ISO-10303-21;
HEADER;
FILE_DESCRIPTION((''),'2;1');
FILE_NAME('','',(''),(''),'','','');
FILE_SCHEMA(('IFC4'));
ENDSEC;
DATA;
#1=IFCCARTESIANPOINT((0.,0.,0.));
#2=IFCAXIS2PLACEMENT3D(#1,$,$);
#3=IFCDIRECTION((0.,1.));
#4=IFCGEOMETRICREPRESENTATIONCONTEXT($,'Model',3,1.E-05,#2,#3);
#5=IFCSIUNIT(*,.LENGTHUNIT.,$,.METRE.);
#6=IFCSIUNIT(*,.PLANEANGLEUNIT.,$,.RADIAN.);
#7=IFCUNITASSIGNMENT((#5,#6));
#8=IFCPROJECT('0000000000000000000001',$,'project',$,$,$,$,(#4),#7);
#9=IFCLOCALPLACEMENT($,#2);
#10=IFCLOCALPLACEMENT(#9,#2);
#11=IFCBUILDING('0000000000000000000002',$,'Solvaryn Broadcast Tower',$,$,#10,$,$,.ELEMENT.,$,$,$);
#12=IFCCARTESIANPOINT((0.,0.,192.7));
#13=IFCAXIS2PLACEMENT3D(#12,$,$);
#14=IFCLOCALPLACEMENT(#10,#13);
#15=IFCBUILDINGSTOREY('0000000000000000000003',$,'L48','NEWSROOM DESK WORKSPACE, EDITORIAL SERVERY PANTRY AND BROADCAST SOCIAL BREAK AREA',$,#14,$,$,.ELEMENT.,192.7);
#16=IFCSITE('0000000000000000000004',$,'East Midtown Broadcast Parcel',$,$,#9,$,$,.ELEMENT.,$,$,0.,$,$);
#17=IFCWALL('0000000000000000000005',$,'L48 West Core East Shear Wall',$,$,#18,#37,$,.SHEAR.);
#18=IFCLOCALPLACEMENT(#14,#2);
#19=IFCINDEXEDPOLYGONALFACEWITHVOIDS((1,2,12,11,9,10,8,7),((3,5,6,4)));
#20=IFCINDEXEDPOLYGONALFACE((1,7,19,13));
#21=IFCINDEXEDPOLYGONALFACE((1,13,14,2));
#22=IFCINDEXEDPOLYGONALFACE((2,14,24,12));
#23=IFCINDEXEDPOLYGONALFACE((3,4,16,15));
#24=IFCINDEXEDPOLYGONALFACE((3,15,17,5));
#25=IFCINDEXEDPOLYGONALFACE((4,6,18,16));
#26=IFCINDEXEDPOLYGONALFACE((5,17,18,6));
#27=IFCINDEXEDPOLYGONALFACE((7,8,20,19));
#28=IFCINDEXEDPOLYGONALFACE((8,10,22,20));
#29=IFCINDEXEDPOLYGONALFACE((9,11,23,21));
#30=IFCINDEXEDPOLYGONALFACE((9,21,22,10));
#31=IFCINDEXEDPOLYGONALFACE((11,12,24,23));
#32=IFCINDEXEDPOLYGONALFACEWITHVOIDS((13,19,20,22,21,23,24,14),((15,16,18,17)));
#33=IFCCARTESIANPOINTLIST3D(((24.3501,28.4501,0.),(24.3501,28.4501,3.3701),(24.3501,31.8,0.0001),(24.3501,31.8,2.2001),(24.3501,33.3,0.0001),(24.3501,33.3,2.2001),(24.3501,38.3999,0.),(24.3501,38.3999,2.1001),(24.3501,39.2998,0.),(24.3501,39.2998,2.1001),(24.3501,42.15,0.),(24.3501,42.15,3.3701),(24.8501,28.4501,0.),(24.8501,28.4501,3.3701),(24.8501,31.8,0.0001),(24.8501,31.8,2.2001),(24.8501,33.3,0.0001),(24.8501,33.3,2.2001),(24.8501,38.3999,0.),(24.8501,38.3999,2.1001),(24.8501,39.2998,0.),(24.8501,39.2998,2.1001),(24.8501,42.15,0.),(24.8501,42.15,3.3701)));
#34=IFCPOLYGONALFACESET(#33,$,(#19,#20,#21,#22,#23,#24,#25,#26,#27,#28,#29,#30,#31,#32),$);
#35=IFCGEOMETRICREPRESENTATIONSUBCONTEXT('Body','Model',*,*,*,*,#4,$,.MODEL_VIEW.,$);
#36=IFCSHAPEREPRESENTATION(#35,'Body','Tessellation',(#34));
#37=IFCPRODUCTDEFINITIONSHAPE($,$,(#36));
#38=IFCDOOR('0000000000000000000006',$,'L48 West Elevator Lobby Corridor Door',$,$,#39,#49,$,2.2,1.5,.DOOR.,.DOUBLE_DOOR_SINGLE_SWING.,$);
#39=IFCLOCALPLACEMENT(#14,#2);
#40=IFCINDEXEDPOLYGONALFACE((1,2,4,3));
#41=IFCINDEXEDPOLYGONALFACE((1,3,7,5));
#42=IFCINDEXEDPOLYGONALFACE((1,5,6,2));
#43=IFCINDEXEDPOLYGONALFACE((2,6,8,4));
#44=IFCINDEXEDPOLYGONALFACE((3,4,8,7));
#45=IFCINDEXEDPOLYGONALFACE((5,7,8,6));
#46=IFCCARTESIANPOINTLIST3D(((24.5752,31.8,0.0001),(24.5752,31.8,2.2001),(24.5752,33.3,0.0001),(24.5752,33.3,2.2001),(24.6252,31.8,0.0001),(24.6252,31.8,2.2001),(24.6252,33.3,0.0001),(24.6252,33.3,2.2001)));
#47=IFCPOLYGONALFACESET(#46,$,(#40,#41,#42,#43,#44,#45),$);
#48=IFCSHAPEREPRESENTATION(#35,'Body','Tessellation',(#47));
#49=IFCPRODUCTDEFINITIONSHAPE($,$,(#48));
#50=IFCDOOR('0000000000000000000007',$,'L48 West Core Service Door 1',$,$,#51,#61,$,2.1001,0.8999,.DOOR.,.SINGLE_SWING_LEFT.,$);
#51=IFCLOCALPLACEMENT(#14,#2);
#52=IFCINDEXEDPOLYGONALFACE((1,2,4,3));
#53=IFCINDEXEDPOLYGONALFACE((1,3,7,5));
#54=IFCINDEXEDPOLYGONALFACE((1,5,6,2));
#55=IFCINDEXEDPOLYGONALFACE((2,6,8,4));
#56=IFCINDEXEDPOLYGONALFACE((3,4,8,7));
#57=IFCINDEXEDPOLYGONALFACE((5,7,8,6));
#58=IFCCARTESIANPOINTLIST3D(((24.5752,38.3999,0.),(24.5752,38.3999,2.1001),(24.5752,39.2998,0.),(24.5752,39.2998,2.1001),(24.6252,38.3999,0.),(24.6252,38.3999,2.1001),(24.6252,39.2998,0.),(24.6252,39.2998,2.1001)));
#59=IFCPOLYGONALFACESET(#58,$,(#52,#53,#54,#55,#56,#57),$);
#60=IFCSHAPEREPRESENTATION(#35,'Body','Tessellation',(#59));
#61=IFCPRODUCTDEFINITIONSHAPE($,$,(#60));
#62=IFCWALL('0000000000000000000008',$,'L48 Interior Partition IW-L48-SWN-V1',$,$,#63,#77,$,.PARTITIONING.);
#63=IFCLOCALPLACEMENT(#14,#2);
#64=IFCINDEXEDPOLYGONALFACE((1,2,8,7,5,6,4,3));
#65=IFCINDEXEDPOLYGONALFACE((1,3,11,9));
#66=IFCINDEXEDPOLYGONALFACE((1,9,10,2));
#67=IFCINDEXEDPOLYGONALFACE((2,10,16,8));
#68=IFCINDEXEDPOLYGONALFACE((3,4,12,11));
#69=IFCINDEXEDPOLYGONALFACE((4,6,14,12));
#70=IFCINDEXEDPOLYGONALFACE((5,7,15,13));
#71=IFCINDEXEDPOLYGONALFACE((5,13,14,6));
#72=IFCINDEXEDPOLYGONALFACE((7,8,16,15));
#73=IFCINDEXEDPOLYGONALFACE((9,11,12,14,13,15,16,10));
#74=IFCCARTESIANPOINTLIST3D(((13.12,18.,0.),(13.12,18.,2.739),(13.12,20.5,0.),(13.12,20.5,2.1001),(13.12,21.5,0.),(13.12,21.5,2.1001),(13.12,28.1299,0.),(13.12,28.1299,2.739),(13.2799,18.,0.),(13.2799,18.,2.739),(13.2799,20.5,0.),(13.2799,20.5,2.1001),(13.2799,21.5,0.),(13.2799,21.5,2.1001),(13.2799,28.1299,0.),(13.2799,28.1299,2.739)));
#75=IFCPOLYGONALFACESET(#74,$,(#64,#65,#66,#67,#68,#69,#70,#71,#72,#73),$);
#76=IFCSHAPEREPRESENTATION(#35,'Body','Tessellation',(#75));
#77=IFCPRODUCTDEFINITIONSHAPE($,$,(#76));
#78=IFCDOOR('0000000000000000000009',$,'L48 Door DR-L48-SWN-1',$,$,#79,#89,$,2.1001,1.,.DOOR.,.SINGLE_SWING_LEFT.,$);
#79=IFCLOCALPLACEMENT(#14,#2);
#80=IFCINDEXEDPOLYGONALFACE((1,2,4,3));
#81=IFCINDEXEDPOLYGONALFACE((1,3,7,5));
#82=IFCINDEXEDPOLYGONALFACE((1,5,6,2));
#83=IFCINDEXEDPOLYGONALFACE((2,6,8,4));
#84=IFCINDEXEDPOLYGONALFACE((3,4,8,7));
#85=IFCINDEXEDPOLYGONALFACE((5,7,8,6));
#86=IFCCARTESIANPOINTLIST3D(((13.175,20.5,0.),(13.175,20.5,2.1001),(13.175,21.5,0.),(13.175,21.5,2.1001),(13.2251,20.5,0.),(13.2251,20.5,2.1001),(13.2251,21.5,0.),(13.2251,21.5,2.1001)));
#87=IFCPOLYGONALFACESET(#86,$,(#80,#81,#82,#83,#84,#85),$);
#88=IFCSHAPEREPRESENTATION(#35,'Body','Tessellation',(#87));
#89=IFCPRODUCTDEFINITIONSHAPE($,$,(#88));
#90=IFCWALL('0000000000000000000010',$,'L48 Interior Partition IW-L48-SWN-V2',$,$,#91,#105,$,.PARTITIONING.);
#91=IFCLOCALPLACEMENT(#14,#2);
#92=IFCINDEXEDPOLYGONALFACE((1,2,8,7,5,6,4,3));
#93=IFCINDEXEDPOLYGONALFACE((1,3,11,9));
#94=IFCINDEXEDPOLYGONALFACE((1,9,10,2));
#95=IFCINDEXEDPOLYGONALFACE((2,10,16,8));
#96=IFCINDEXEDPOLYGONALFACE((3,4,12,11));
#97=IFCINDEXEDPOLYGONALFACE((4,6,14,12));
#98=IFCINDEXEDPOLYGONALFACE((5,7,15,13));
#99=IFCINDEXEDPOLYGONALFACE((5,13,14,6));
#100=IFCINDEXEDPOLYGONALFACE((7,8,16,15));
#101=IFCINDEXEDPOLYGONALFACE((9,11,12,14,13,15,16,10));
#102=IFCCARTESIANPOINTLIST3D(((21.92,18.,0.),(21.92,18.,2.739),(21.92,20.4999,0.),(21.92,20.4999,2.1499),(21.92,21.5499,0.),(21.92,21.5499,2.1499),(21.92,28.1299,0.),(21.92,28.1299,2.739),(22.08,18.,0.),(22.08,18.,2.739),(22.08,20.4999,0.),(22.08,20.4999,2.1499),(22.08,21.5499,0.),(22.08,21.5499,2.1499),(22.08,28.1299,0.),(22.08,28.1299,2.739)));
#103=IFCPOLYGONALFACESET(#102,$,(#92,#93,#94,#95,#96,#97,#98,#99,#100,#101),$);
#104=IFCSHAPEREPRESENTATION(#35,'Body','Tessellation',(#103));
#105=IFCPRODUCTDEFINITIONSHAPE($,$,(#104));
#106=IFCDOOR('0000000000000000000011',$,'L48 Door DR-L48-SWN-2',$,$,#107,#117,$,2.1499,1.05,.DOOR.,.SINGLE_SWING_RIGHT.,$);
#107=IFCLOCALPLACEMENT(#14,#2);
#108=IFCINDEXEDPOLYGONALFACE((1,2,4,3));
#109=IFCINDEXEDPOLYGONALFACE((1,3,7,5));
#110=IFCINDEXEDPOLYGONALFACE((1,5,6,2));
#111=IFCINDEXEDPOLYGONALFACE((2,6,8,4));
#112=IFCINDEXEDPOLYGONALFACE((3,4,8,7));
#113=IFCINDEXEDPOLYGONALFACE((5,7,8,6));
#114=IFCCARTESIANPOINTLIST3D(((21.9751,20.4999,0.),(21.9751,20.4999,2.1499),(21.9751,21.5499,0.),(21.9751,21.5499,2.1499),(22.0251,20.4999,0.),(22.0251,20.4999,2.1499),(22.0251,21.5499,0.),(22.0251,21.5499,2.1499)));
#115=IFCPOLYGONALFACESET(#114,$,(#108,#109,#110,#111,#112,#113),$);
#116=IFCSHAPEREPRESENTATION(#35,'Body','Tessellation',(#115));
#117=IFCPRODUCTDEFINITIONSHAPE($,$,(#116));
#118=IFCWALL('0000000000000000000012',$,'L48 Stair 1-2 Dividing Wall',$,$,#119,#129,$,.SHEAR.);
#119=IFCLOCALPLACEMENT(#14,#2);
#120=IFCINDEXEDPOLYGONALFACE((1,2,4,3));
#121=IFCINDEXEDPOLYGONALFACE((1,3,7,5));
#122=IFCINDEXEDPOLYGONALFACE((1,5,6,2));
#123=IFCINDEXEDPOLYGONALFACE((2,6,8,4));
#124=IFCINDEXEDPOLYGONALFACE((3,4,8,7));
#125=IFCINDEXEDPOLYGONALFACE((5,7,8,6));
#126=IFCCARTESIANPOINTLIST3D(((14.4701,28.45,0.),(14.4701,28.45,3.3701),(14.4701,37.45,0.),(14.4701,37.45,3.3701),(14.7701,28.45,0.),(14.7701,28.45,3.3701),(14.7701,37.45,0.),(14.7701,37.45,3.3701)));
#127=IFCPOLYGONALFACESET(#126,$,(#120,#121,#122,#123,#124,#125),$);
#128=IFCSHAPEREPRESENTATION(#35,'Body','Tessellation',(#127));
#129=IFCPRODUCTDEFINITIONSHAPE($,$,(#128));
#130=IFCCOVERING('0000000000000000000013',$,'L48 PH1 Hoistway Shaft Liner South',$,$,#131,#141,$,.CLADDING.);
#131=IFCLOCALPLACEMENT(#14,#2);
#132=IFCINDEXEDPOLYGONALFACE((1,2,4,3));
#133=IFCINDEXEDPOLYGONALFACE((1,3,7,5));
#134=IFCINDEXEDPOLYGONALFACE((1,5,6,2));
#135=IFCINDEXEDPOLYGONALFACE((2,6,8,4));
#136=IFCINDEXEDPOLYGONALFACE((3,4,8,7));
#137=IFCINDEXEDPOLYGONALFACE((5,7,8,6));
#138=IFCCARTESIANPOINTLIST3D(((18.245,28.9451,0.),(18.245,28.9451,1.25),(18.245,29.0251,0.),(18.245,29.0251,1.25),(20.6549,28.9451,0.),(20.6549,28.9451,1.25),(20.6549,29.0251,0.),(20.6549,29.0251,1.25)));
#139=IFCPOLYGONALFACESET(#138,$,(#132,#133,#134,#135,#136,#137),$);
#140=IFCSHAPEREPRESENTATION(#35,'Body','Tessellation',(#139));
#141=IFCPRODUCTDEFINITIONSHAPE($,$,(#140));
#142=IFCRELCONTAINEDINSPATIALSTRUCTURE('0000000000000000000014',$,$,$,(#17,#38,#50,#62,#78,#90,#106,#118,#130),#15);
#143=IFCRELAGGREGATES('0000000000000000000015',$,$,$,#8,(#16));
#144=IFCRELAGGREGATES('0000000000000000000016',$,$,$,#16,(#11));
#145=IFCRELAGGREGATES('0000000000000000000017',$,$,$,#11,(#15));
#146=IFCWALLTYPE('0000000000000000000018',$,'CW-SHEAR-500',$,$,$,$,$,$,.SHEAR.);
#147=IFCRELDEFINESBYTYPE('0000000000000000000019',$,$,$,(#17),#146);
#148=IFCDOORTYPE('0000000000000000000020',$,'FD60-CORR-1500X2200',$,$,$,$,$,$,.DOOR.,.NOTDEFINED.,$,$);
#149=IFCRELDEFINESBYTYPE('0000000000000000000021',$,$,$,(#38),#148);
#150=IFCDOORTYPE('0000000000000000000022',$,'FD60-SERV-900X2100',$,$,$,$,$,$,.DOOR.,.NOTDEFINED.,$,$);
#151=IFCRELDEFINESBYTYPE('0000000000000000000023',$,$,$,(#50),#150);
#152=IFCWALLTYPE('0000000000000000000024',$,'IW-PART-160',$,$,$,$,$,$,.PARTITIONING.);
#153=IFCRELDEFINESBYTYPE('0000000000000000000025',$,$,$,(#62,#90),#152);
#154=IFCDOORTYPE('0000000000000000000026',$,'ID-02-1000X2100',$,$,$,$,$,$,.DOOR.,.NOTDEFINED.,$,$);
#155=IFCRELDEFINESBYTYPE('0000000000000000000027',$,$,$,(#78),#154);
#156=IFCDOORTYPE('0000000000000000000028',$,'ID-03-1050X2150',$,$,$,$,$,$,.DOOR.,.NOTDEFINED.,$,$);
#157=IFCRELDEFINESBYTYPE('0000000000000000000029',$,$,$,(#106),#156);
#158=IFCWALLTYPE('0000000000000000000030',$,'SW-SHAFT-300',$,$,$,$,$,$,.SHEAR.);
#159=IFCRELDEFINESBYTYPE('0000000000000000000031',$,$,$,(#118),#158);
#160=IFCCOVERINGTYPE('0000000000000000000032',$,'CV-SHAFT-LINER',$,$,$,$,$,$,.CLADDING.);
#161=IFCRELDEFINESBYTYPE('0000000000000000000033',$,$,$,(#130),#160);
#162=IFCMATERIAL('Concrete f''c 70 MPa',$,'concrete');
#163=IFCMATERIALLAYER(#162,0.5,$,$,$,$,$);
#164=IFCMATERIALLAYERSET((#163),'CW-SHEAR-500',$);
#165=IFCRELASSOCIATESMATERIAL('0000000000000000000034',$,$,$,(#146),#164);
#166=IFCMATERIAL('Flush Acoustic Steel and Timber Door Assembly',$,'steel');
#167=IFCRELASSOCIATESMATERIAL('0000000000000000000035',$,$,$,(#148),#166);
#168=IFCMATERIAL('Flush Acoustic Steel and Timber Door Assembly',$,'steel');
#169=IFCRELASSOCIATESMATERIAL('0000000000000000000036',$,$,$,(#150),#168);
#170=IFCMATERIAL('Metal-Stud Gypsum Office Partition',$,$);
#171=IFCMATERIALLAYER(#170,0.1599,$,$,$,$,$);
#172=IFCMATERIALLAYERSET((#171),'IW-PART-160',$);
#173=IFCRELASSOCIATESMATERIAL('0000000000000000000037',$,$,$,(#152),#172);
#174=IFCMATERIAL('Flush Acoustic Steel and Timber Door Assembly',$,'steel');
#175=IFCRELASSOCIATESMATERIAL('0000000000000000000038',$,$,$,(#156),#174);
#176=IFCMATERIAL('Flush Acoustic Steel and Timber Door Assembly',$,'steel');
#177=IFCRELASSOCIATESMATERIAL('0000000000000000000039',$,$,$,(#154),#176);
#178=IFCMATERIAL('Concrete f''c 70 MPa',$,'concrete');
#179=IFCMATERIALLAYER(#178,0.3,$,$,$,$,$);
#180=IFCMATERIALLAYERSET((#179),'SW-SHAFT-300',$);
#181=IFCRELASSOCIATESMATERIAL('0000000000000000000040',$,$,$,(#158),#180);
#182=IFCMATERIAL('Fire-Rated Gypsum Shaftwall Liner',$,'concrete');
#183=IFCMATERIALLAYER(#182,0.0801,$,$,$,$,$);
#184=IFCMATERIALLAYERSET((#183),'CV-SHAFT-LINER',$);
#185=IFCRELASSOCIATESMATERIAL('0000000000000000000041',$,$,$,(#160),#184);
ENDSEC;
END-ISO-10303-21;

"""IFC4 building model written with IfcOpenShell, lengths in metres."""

from ifc_helpers import new_model, si_unit, direction, frame, frame_2d, origin, origin_2d, place, context, subcontext, project, spatial, rectangle, extrude, material, layer, layer_set, type_object, element, fill, save


model = new_model("IFC4")

# Units and contexts
model_context = context("Model", 3, precision=1e-05, world=origin(), true_north=direction((0.0, 1.0)))
body_context = subcontext(model_context, "Body", "Model", "MODEL_VIEW")
ifc_project = project(units=[si_unit("LENGTHUNIT", "METRE"), si_unit("PLANEANGLEUNIT", "RADIAN")], contexts=[model_context])

# Site, building, storey
site_placement = place(None, origin())
site = spatial("IfcSite", under=ifc_project, at=site_placement, Name="East Midtown Broadcast Parcel", CompositionType="ELEMENT", RefElevation=0.0)
building_placement = place(site_placement, origin())
building = spatial("IfcBuilding", under=site, at=building_placement, Name="Solvaryn Broadcast Tower", CompositionType="ELEMENT")
storey_placement = place(building_placement, frame((0.0, 0.0, 192.7)))
storey = spatial("IfcBuildingStorey", under=building, at=storey_placement, Name="L48", Description="NEWSROOM DESK WORKSPACE, EDITORIAL SERVERY PANTRY AND BROADCAST SOCIAL BREAK AREA", CompositionType="ELEMENT", Elevation=192.7)

# Shared definitions
ifc_material_1 = material(Name="Concrete f'c 70 MPa", Category="concrete")
ifc_layer_1 = layer(ifc_material_1, 0.5)
ifc_layer_set_1 = layer_set([ifc_layer_1], Name="CW-SHEAR-500")
wall_type_1 = type_object("IfcWallType", Name="CW-SHEAR-500", PredefinedType="SHEAR", material=ifc_layer_set_1)

# Wall, openings, doors
wall_1_placement = place(storey_placement, frame((24.6001, 28.45, 0.0), z_axis=(0.0, 0.0, 1.0), x_axis=(0.0, 1.0, 0.0)))
wall_1 = element("IfcWall", 1, at=wall_1_placement, inside=storey, type_object=wall_type_1, Name="L48 West Core East Shear Wall", PredefinedType="SHEAR", context=body_context, shape_type="SweptSolid", body=[
    extrude(rectangle(XDim=13.7, YDim=0.5, at=frame_2d((6.8501, 0.0))), origin(), (0.0, 0.0, 1.0), 3.3701),
])
opening_1_placement = place(wall_1_placement, frame((3.3501, 0.0, 0.0)))
opening_1 = element("IfcOpeningElement", 2, at=opening_1_placement, cuts=wall_1, PredefinedType="OPENING", context=body_context, shape_type="SweptSolid", body=[
    extrude(rectangle(XDim=1.5, YDim=2.2, at=frame_2d((0.75, 1.1001))), frame((0.0, 0.26, 0.0), z_axis=(0.0, -1.0, 0.0), x_axis=(1.0, 0.0, 0.0)), (0.0, 0.0, 1.0), 0.52),
])
opening_2_placement = place(wall_1_placement, frame((9.95, 0.0, 0.0)))
opening_2 = element("IfcOpeningElement", 3, at=opening_2_placement, cuts=wall_1, PredefinedType="OPENING", context=body_context, shape_type="SweptSolid", body=[
    extrude(rectangle(XDim=0.8999, YDim=2.1001, at=frame_2d((0.45, 1.05))), frame((0.0, 0.26, 0.0), z_axis=(0.0, -1.0, 0.0), x_axis=(1.0, 0.0, 0.0)), (0.0, 0.0, 1.0), 0.52),
])
ifc_material_2 = material(Name="Flush Acoustic Steel and Timber Door Assembly", Category="steel")
door_type_1 = type_object("IfcDoorType", Name="FD60-CORR-1500X2200", OperationType="NOTDEFINED", PredefinedType="DOOR", material=ifc_material_2)
door_1_placement = place(opening_1_placement, origin())
door_1 = element("IfcDoor", 4, at=door_1_placement, inside=storey, type_object=door_type_1, Name="L48 West Elevator Lobby Corridor Door", OperationType="DOUBLE_DOOR_SINGLE_SWING", OverallHeight=2.2, OverallWidth=1.5, PredefinedType="DOOR", context=body_context, shape_type="SweptSolid", body=[
    extrude(rectangle(XDim=1.5, YDim=2.2, at=frame_2d((0.75, 1.1001))), frame((0.0, 0.0249, 0.0), z_axis=(0.0, -1.0, 0.0), x_axis=(1.0, 0.0, 0.0)), (0.0, 0.0, 1.0), 0.05),
])
fill(opening_1, door_1)
ifc_material_3 = material(Name="Flush Acoustic Steel and Timber Door Assembly", Category="steel")
door_type_2 = type_object("IfcDoorType", Name="FD60-SERV-900X2100", OperationType="NOTDEFINED", PredefinedType="DOOR", material=ifc_material_3)
door_2_placement = place(opening_2_placement, origin())
door_2 = element("IfcDoor", 5, at=door_2_placement, inside=storey, type_object=door_type_2, Name="L48 West Core Service Door 1", OperationType="SINGLE_SWING_LEFT", OverallHeight=2.1001, OverallWidth=0.8999, PredefinedType="DOOR", context=body_context, shape_type="SweptSolid", body=[
    extrude(rectangle(XDim=0.8999, YDim=2.1001, at=frame_2d((0.45, 1.05))), frame((0.0, 0.0249, 0.0), z_axis=(0.0, -1.0, 0.0), x_axis=(1.0, 0.0, 0.0)), (0.0, 0.0, 1.0), 0.05),
])
fill(opening_2, door_2)

# Walls, openings, doors
ifc_material_4 = material(Name="Metal-Stud Gypsum Office Partition")
ifc_layer_2 = layer(ifc_material_4, 0.1599)
ifc_layer_set_2 = layer_set([ifc_layer_2], Name="IW-PART-160")
wall_type_2 = type_object("IfcWallType", Name="IW-PART-160", PredefinedType="PARTITIONING", material=ifc_layer_set_2)
ifc_material_5 = material(Name="Flush Acoustic Steel and Timber Door Assembly", Category="steel")
door_type_3 = type_object("IfcDoorType", Name="ID-03-1050X2150", OperationType="NOTDEFINED", PredefinedType="DOOR", material=ifc_material_5)
wall_2_placement = place(storey_placement, frame((13.2, 18.0, 0.0), z_axis=(0.0, 0.0, 1.0), x_axis=(0.0, 1.0, 0.0)))
wall_2 = element("IfcWall", 6, at=wall_2_placement, inside=storey, type_object=wall_type_2, Name="L48 Interior Partition IW-L48-SWN-V1", PredefinedType="PARTITIONING", context=body_context, shape_type="SweptSolid", body=[
    extrude(rectangle(XDim=10.1299, YDim=0.1599, at=frame_2d((5.0649, 0.0))), origin(), (0.0, 0.0, 1.0), 2.739),
])
opening_3_placement = place(wall_2_placement, frame((2.5, 0.0, 0.0)))
opening_3 = element("IfcOpeningElement", 7, at=opening_3_placement, cuts=wall_2, PredefinedType="OPENING", context=body_context, shape_type="SweptSolid", body=[
    extrude(rectangle(XDim=1.0, YDim=2.1001, at=frame_2d((0.5, 1.05))), frame((0.0, 0.0901, 0.0), z_axis=(0.0, -1.0, 0.0), x_axis=(1.0, 0.0, 0.0)), (0.0, 0.0, 1.0), 0.1799),
])
ifc_material_6 = material(Name="Flush Acoustic Steel and Timber Door Assembly", Category="steel")
door_type_4 = type_object("IfcDoorType", Name="ID-02-1000X2100", OperationType="NOTDEFINED", PredefinedType="DOOR", material=ifc_material_6)
door_3_placement = place(opening_3_placement, origin())
door_3 = element("IfcDoor", 8, at=door_3_placement, inside=storey, type_object=door_type_4, Name="L48 Door DR-L48-SWN-1", OperationType="SINGLE_SWING_LEFT", OverallHeight=2.1001, OverallWidth=1.0, PredefinedType="DOOR", context=body_context, shape_type="SweptSolid", body=[
    extrude(rectangle(XDim=1.0, YDim=2.1001, at=frame_2d((0.5, 1.05))), frame((0.0, 0.0249, 0.0), z_axis=(0.0, -1.0, 0.0), x_axis=(1.0, 0.0, 0.0)), (0.0, 0.0, 1.0), 0.05),
])
fill(opening_3, door_3)
wall_3_placement = place(storey_placement, frame((22.0, 18.0, 0.0), z_axis=(0.0, 0.0, 1.0), x_axis=(0.0, 1.0, 0.0)))
wall_3 = element("IfcWall", 9, at=wall_3_placement, inside=storey, type_object=wall_type_2, Name="L48 Interior Partition IW-L48-SWN-V2", PredefinedType="PARTITIONING", context=body_context, shape_type="SweptSolid", body=[
    extrude(rectangle(XDim=10.1299, YDim=0.1599, at=frame_2d((5.0649, 0.0))), origin(), (0.0, 0.0, 1.0), 2.739),
])
opening_4_placement = place(wall_3_placement, frame((2.5, 0.0, 0.0)))
opening_4 = element("IfcOpeningElement", 10, at=opening_4_placement, cuts=wall_3, PredefinedType="OPENING", context=body_context, shape_type="SweptSolid", body=[
    extrude(rectangle(XDim=1.05, YDim=2.1499, at=frame_2d((0.5249, 1.075))), frame((0.0, 0.0901, 0.0), z_axis=(0.0, -1.0, 0.0), x_axis=(1.0, 0.0, 0.0)), (0.0, 0.0, 1.0), 0.1799),
])
door_4_placement = place(opening_4_placement, origin())
door_4 = element("IfcDoor", 11, at=door_4_placement, inside=storey, type_object=door_type_3, Name="L48 Door DR-L48-SWN-2", OperationType="SINGLE_SWING_RIGHT", OverallHeight=2.1499, OverallWidth=1.05, PredefinedType="DOOR", context=body_context, shape_type="SweptSolid", body=[
    extrude(rectangle(XDim=1.05, YDim=2.1499, at=frame_2d((0.5249, 1.075))), frame((0.0, 0.0249, 0.0), z_axis=(0.0, -1.0, 0.0), x_axis=(1.0, 0.0, 0.0)), (0.0, 0.0, 1.0), 0.05),
])
fill(opening_4, door_4)

# Wall
ifc_material_7 = material(Name="Concrete f'c 70 MPa", Category="concrete")
ifc_layer_3 = layer(ifc_material_7, 0.3)
ifc_layer_set_3 = layer_set([ifc_layer_3], Name="SW-SHAFT-300")
wall_type_3 = type_object("IfcWallType", Name="SW-SHAFT-300", PredefinedType="SHEAR", material=ifc_layer_set_3)
wall_4_placement = place(storey_placement, frame((14.6201, 28.45, 0.0), z_axis=(0.0, 0.0, 1.0), x_axis=(0.0, 1.0, 0.0)))
element("IfcWall", 12, at=wall_4_placement, inside=storey, type_object=wall_type_3, Name="L48 Stair 1-2 Dividing Wall", PredefinedType="SHEAR", context=body_context, shape_type="SweptSolid", body=[
    extrude(rectangle(XDim=9.0, YDim=0.3, at=frame_2d((4.5, 0.0))), origin(), (0.0, 0.0, 1.0), 3.3701),
])

# Covering
ifc_material_8 = material(Name="Fire-Rated Gypsum Shaftwall Liner", Category="concrete")
ifc_layer_4 = layer(ifc_material_8, 0.0801)
ifc_layer_set_4 = layer_set([ifc_layer_4], Name="CV-SHAFT-LINER")
covering_type = type_object("IfcCoveringType", Name="CV-SHAFT-LINER", PredefinedType="CLADDING", material=ifc_layer_set_4)
covering_placement = place(storey_placement, frame((19.45, 28.9851, 0.0), z_axis=(0.0, 0.0, 1.0), x_axis=(1.0, 0.0, 0.0)))
element("IfcCovering", 13, at=covering_placement, inside=storey, type_object=covering_type, Name="L48 PH1 Hoistway Shaft Liner South", PredefinedType="CLADDING", context=body_context, shape_type="SweptSolid", body=[
    extrude(rectangle(XDim=2.4099, YDim=0.0801, at=origin_2d()), origin(), (0.0, 0.0, 1.0), 1.25),
])

save(model, "model.ifc")
